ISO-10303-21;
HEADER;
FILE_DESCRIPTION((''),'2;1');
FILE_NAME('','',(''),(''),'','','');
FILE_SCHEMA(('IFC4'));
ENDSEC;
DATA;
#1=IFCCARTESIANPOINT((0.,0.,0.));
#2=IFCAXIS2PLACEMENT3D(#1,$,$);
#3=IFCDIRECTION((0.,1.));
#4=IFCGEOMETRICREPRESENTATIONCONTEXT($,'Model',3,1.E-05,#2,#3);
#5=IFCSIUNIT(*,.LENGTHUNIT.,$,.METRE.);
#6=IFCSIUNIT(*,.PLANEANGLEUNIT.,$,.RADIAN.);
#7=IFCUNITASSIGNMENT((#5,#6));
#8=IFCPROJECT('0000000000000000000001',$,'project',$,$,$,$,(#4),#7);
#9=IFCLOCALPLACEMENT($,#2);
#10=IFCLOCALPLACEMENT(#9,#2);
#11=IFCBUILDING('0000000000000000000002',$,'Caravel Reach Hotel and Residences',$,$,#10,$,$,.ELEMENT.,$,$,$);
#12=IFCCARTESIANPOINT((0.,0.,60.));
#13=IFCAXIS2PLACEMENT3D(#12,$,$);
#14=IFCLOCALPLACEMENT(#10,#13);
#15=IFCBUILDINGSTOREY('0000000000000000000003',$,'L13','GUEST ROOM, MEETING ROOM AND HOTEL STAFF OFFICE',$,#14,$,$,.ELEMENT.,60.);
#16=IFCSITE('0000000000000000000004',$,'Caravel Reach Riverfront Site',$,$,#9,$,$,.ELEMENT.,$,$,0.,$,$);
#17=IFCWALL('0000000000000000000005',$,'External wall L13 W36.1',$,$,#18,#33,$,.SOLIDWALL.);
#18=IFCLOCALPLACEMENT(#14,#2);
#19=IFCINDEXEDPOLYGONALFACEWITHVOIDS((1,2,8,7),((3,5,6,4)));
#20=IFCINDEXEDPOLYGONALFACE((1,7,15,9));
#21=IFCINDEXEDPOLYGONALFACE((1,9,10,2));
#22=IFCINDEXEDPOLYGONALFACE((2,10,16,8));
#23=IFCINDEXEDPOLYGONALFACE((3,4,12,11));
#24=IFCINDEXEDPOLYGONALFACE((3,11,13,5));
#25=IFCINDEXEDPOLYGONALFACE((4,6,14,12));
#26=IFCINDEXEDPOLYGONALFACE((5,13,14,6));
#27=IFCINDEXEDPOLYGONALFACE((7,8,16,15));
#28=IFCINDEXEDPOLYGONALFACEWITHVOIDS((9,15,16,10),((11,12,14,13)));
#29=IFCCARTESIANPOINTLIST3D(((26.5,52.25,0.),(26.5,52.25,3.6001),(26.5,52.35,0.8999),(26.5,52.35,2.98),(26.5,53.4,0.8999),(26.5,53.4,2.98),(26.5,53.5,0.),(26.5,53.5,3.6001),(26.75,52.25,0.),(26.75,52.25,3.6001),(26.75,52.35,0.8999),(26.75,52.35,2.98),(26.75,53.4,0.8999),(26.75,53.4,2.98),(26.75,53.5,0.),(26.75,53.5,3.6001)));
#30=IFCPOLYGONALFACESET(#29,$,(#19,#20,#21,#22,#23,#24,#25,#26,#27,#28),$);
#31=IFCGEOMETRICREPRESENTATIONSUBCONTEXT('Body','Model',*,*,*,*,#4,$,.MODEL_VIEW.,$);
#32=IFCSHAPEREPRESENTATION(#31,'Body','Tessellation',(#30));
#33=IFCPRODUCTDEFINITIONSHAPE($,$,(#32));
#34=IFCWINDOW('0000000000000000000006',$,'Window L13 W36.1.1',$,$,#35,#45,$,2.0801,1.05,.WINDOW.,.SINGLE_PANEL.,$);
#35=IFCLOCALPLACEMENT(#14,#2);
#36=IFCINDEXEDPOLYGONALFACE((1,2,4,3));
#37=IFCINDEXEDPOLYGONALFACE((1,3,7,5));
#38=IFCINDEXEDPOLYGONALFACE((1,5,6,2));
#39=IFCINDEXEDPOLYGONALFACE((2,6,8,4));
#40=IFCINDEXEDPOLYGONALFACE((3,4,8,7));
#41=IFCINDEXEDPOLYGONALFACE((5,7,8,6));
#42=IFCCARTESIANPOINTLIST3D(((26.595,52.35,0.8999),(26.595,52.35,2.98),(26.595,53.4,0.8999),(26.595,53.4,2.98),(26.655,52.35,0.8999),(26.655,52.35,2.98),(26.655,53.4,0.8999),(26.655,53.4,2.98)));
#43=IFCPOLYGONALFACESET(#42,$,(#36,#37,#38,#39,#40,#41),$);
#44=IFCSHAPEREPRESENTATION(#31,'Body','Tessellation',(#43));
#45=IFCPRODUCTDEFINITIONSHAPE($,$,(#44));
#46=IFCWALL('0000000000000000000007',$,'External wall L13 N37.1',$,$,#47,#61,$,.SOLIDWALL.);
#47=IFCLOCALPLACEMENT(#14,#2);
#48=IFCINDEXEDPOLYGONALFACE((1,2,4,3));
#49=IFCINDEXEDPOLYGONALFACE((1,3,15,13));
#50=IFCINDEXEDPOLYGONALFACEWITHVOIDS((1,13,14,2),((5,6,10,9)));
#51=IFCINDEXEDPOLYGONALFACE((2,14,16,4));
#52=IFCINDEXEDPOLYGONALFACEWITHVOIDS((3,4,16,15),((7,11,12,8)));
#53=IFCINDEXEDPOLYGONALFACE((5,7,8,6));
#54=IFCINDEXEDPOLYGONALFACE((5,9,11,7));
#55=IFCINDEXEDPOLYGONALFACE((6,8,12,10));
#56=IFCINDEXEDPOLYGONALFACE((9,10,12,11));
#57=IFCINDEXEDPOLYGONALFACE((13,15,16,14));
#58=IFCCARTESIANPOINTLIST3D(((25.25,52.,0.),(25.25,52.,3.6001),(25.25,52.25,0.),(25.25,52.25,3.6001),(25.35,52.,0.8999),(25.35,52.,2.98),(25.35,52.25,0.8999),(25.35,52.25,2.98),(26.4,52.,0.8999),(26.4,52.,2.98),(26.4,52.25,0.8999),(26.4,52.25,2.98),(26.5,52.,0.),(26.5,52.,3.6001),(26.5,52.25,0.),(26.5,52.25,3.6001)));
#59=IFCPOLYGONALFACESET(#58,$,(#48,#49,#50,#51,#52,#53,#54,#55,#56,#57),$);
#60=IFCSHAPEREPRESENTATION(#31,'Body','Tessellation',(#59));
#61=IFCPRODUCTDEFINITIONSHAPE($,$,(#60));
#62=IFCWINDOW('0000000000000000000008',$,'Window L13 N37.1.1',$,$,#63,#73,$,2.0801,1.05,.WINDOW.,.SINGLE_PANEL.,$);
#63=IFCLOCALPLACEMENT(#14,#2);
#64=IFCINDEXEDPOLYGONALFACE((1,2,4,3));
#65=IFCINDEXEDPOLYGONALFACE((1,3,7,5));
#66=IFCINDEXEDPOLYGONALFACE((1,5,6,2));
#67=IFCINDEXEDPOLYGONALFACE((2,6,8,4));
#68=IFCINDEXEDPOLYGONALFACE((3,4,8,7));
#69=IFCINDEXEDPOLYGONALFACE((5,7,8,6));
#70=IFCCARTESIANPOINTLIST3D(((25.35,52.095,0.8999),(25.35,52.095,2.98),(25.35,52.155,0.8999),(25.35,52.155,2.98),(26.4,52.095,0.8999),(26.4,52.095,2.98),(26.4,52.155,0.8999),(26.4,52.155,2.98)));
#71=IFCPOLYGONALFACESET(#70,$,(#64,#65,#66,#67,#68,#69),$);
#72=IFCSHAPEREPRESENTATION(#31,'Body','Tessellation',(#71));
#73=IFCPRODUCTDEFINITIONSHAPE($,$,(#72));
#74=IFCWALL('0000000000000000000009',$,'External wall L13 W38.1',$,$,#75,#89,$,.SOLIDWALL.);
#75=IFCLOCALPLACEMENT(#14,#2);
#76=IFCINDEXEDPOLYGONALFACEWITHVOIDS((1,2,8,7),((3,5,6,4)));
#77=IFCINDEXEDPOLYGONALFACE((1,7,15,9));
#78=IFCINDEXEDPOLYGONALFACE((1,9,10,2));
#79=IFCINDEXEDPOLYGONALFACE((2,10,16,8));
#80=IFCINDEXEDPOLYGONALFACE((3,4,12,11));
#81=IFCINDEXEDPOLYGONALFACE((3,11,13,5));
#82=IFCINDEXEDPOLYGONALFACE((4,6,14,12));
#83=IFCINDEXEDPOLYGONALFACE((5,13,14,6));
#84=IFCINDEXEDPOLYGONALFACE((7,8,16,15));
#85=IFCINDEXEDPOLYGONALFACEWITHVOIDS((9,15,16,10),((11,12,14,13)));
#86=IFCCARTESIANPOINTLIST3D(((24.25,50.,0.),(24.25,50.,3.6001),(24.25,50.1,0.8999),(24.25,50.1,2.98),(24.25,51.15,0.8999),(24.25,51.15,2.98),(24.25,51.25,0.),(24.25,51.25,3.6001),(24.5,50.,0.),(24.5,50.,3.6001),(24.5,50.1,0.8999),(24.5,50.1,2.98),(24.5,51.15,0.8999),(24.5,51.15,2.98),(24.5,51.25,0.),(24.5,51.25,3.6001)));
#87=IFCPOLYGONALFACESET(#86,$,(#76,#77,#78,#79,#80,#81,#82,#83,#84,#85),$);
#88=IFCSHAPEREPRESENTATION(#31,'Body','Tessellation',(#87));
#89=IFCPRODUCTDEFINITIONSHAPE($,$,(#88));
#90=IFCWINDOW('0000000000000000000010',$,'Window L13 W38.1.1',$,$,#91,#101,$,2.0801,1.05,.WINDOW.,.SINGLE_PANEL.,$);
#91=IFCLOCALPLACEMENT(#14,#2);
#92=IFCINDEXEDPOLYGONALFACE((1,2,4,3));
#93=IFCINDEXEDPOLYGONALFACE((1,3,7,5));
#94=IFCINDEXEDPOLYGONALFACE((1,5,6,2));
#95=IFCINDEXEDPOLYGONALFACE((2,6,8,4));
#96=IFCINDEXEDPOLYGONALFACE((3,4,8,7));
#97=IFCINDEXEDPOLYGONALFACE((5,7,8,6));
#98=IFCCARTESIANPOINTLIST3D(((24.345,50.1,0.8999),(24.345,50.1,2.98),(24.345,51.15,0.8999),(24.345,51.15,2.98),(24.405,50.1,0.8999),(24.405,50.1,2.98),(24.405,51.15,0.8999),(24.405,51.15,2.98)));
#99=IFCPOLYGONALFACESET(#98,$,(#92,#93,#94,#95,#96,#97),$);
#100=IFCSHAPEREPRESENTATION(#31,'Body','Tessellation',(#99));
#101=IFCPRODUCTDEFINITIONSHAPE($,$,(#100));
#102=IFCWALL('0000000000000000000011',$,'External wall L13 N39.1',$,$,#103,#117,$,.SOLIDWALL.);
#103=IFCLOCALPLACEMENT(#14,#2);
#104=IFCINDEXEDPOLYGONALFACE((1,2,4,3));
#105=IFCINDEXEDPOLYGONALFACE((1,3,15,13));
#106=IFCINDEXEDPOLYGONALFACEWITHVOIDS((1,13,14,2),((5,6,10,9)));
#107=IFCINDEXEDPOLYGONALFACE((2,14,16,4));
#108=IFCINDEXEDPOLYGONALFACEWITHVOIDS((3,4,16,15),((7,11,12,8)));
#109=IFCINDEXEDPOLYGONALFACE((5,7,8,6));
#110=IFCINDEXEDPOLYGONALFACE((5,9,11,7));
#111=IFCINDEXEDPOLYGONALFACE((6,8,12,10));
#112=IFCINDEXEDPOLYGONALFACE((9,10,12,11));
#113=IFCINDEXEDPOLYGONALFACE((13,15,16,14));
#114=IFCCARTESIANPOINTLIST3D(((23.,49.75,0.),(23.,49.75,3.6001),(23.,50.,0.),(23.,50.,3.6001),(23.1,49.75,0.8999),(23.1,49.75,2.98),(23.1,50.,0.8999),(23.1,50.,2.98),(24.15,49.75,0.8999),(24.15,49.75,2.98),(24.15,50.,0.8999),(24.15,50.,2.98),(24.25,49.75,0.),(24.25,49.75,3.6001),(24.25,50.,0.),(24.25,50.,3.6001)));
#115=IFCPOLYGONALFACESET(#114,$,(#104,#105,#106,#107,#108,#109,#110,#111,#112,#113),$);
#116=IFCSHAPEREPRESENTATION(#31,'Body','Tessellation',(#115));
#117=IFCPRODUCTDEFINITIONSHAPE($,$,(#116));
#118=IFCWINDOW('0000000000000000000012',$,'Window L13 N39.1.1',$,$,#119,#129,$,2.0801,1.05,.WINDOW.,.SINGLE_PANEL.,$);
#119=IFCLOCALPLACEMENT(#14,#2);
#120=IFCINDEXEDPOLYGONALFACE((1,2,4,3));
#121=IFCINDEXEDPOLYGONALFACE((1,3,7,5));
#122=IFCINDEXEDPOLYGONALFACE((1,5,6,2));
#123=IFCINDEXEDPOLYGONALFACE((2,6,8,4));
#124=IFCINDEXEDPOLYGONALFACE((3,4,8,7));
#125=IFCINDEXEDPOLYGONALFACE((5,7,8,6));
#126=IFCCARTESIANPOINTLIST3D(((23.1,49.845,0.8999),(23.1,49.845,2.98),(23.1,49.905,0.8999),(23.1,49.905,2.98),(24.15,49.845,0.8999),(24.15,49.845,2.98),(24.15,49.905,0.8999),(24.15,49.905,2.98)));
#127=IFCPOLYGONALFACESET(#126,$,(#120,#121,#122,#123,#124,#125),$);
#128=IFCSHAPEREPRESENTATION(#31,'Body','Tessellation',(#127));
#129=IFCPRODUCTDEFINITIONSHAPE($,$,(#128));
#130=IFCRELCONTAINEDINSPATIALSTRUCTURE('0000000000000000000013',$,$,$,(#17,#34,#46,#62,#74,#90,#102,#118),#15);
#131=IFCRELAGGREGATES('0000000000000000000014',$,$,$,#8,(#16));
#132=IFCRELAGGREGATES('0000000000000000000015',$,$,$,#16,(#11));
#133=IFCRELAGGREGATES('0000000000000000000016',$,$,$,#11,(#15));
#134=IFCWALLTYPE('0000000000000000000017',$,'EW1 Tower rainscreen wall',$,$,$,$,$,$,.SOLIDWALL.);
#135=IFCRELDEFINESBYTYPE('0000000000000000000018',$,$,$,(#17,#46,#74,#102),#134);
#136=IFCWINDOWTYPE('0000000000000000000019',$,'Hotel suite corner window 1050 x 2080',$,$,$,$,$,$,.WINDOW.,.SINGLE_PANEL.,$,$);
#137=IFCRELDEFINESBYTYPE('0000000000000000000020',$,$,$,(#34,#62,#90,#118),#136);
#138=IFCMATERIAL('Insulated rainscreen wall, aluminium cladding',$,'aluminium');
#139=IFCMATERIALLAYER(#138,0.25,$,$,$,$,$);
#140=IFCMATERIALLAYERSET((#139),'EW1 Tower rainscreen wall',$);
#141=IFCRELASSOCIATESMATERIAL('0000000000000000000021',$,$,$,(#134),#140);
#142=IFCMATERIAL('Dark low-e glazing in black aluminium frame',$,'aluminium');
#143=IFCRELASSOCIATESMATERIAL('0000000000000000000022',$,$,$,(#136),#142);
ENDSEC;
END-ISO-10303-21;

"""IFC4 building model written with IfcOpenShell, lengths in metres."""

from ifc_helpers import new_model, si_unit, direction, frame, frame_2d, origin, place, context, subcontext, project, spatial, rectangle, extrude, material, layer, layer_set, type_object, element, fill, save


model = new_model("IFC4")

# Units and contexts
model_context = context("Model", 3, precision=1e-05, world=origin(), true_north=direction((0.0, 1.0)))
body_context = subcontext(model_context, "Body", "Model", "MODEL_VIEW")
ifc_project = project(units=[si_unit("LENGTHUNIT", "METRE"), si_unit("PLANEANGLEUNIT", "RADIAN")], contexts=[model_context])

# Site, building, storey
site_placement = place(None, origin())
site = spatial("IfcSite", under=ifc_project, at=site_placement, Name="Caravel Reach Riverfront Site", CompositionType="ELEMENT", RefElevation=0.0)
building_placement = place(site_placement, origin())
building = spatial("IfcBuilding", under=site, at=building_placement, Name="Caravel Reach Hotel and Residences", CompositionType="ELEMENT")
storey_placement = place(building_placement, frame((0.0, 0.0, 60.0)))
storey = spatial("IfcBuildingStorey", under=building, at=storey_placement, Name="L13", Description="GUEST ROOM, MEETING ROOM AND HOTEL STAFF OFFICE", CompositionType="ELEMENT", Elevation=60.0)

# Walls, openings, windows
ifc_material_1 = material(Name="Insulated rainscreen wall, aluminium cladding", Category="aluminium")
ifc_layer_1 = layer(ifc_material_1, 0.25)
ifc_layer_set_1 = layer_set([ifc_layer_1], Name="EW1 Tower rainscreen wall")
wall_type_1 = type_object("IfcWallType", Name="EW1 Tower rainscreen wall", PredefinedType="SOLIDWALL", material=ifc_layer_set_1)
wall_1_placement = place(storey_placement, frame((26.625, 53.5, 0.0), z_axis=(0.0, 0.0, 1.0), x_axis=(0.0, -1.0, 0.0)))
wall_1 = element("IfcWall", 1, at=wall_1_placement, inside=storey, type_object=wall_type_1, Name="External wall L13 W36.1", PredefinedType="SOLIDWALL", context=body_context, shape_type="SweptSolid", body=[
    extrude(rectangle(XDim=1.25, YDim=0.25, at=frame_2d((0.625, 0.0))), origin(), (0.0, 0.0, 1.0), 3.6001),
])
opening_1_placement = place(wall_1_placement, frame((0.1001, 0.0, 0.8999)))
opening_1 = element("IfcOpeningElement", 2, at=opening_1_placement, cuts=wall_1, PredefinedType="OPENING", context=body_context, shape_type="SweptSolid", body=[
    extrude(rectangle(XDim=1.05, YDim=2.0801, at=frame_2d((0.5249, 1.04))), frame((0.0, 0.135, 0.0), z_axis=(0.0, -1.0, 0.0), x_axis=(1.0, 0.0, 0.0)), (0.0, 0.0, 1.0), 0.27),
])
ifc_material_2 = material(Name="Dark low-e glazing in black aluminium frame", Category="aluminium")
window_type_1 = type_object("IfcWindowType", Name="Hotel suite corner window 1050 x 2080", PartitioningType="SINGLE_PANEL", PredefinedType="WINDOW", material=ifc_material_2)
window_1_placement = place(opening_1_placement, origin())
window_1 = element("IfcWindow", 3, at=window_1_placement, inside=storey, type_object=window_type_1, Name="Window L13 W36.1.1", OverallHeight=2.0801, OverallWidth=1.05, PartitioningType="SINGLE_PANEL", PredefinedType="WINDOW", context=body_context, shape_type="SweptSolid", body=[
    extrude(rectangle(XDim=1.05, YDim=2.0801, at=frame_2d((0.5249, 1.04))), frame((0.0, 0.03, 0.0), z_axis=(0.0, -1.0, 0.0), x_axis=(1.0, 0.0, 0.0)), (0.0, 0.0, 1.0), 0.0601),
])
fill(opening_1, window_1)
wall_2_placement = place(storey_placement, frame((26.5, 52.125, 0.0), z_axis=(0.0, 0.0, 1.0), x_axis=(-1.0, 0.0, 0.0)))
wall_2 = element("IfcWall", 4, at=wall_2_placement, inside=storey, type_object=wall_type_1, Name="External wall L13 N37.1", PredefinedType="SOLIDWALL", context=body_context, shape_type="SweptSolid", body=[
    extrude(rectangle(XDim=1.25, YDim=0.25, at=frame_2d((0.625, 0.0))), origin(), (0.0, 0.0, 1.0), 3.6001),
])
opening_2_placement = place(wall_2_placement, frame((0.1001, 0.0, 0.8999)))
opening_2 = element("IfcOpeningElement", 5, at=opening_2_placement, cuts=wall_2, PredefinedType="OPENING", context=body_context, shape_type="SweptSolid", body=[
    extrude(rectangle(XDim=1.05, YDim=2.0801, at=frame_2d((0.5249, 1.04))), frame((0.0, 0.135, 0.0), z_axis=(0.0, -1.0, 0.0), x_axis=(1.0, 0.0, 0.0)), (0.0, 0.0, 1.0), 0.27),
])
window_2_placement = place(opening_2_placement, origin())
window_2 = element("IfcWindow", 6, at=window_2_placement, inside=storey, type_object=window_type_1, Name="Window L13 N37.1.1", OverallHeight=2.0801, OverallWidth=1.05, PartitioningType="SINGLE_PANEL", PredefinedType="WINDOW", context=body_context, shape_type="SweptSolid", body=[
    extrude(rectangle(XDim=1.05, YDim=2.0801, at=frame_2d((0.5249, 1.04))), frame((0.0, 0.03, 0.0), z_axis=(0.0, -1.0, 0.0), x_axis=(1.0, 0.0, 0.0)), (0.0, 0.0, 1.0), 0.0601),
])
fill(opening_2, window_2)
wall_3_placement = place(storey_placement, frame((24.375, 51.25, 0.0), z_axis=(0.0, 0.0, 1.0), x_axis=(0.0, -1.0, 0.0)))
wall_3 = element("IfcWall", 7, at=wall_3_placement, inside=storey, type_object=wall_type_1, Name="External wall L13 W38.1", PredefinedType="SOLIDWALL", context=body_context, shape_type="SweptSolid", body=[
    extrude(rectangle(XDim=1.25, YDim=0.25, at=frame_2d((0.625, 0.0))), origin(), (0.0, 0.0, 1.0), 3.6001),
])
opening_3_placement = place(wall_3_placement, frame((0.1001, 0.0, 0.8999)))
opening_3 = element("IfcOpeningElement", 8, at=opening_3_placement, cuts=wall_3, PredefinedType="OPENING", context=body_context, shape_type="SweptSolid", body=[
    extrude(rectangle(XDim=1.05, YDim=2.0801, at=frame_2d((0.5249, 1.04))), frame((0.0, 0.135, 0.0), z_axis=(0.0, -1.0, 0.0), x_axis=(1.0, 0.0, 0.0)), (0.0, 0.0, 1.0), 0.27),
])
window_3_placement = place(opening_3_placement, origin())
window_3 = element("IfcWindow", 9, at=window_3_placement, inside=storey, type_object=window_type_1, Name="Window L13 W38.1.1", OverallHeight=2.0801, OverallWidth=1.05, PartitioningType="SINGLE_PANEL", PredefinedType="WINDOW", context=body_context, shape_type="SweptSolid", body=[
    extrude(rectangle(XDim=1.05, YDim=2.0801, at=frame_2d((0.5249, 1.04))), frame((0.0, 0.03, 0.0), z_axis=(0.0, -1.0, 0.0), x_axis=(1.0, 0.0, 0.0)), (0.0, 0.0, 1.0), 0.0601),
])
fill(opening_3, window_3)
wall_4_placement = place(storey_placement, frame((24.25, 49.875, 0.0), z_axis=(0.0, 0.0, 1.0), x_axis=(-1.0, 0.0, 0.0)))
wall_4 = element("IfcWall", 10, at=wall_4_placement, inside=storey, type_object=wall_type_1, Name="External wall L13 N39.1", PredefinedType="SOLIDWALL", context=body_context, shape_type="SweptSolid", body=[
    extrude(rectangle(XDim=1.25, YDim=0.25, at=frame_2d((0.625, 0.0))), origin(), (0.0, 0.0, 1.0), 3.6001),
])
opening_4_placement = place(wall_4_placement, frame((0.1001, 0.0, 0.8999)))
opening_4 = element("IfcOpeningElement", 11, at=opening_4_placement, cuts=wall_4, PredefinedType="OPENING", context=body_context, shape_type="SweptSolid", body=[
    extrude(rectangle(XDim=1.05, YDim=2.0801, at=frame_2d((0.5249, 1.04))), frame((0.0, 0.135, 0.0), z_axis=(0.0, -1.0, 0.0), x_axis=(1.0, 0.0, 0.0)), (0.0, 0.0, 1.0), 0.27),
])
window_4_placement = place(opening_4_placement, origin())
window_4 = element("IfcWindow", 12, at=window_4_placement, inside=storey, type_object=window_type_1, Name="Window L13 N39.1.1", OverallHeight=2.0801, OverallWidth=1.05, PartitioningType="SINGLE_PANEL", PredefinedType="WINDOW", context=body_context, shape_type="SweptSolid", body=[
    extrude(rectangle(XDim=1.05, YDim=2.0801, at=frame_2d((0.5249, 1.04))), frame((0.0, 0.03, 0.0), z_axis=(0.0, -1.0, 0.0), x_axis=(1.0, 0.0, 0.0)), (0.0, 0.0, 1.0), 0.0601),
])
fill(opening_4, window_4)

save(model, "model.ifc")
